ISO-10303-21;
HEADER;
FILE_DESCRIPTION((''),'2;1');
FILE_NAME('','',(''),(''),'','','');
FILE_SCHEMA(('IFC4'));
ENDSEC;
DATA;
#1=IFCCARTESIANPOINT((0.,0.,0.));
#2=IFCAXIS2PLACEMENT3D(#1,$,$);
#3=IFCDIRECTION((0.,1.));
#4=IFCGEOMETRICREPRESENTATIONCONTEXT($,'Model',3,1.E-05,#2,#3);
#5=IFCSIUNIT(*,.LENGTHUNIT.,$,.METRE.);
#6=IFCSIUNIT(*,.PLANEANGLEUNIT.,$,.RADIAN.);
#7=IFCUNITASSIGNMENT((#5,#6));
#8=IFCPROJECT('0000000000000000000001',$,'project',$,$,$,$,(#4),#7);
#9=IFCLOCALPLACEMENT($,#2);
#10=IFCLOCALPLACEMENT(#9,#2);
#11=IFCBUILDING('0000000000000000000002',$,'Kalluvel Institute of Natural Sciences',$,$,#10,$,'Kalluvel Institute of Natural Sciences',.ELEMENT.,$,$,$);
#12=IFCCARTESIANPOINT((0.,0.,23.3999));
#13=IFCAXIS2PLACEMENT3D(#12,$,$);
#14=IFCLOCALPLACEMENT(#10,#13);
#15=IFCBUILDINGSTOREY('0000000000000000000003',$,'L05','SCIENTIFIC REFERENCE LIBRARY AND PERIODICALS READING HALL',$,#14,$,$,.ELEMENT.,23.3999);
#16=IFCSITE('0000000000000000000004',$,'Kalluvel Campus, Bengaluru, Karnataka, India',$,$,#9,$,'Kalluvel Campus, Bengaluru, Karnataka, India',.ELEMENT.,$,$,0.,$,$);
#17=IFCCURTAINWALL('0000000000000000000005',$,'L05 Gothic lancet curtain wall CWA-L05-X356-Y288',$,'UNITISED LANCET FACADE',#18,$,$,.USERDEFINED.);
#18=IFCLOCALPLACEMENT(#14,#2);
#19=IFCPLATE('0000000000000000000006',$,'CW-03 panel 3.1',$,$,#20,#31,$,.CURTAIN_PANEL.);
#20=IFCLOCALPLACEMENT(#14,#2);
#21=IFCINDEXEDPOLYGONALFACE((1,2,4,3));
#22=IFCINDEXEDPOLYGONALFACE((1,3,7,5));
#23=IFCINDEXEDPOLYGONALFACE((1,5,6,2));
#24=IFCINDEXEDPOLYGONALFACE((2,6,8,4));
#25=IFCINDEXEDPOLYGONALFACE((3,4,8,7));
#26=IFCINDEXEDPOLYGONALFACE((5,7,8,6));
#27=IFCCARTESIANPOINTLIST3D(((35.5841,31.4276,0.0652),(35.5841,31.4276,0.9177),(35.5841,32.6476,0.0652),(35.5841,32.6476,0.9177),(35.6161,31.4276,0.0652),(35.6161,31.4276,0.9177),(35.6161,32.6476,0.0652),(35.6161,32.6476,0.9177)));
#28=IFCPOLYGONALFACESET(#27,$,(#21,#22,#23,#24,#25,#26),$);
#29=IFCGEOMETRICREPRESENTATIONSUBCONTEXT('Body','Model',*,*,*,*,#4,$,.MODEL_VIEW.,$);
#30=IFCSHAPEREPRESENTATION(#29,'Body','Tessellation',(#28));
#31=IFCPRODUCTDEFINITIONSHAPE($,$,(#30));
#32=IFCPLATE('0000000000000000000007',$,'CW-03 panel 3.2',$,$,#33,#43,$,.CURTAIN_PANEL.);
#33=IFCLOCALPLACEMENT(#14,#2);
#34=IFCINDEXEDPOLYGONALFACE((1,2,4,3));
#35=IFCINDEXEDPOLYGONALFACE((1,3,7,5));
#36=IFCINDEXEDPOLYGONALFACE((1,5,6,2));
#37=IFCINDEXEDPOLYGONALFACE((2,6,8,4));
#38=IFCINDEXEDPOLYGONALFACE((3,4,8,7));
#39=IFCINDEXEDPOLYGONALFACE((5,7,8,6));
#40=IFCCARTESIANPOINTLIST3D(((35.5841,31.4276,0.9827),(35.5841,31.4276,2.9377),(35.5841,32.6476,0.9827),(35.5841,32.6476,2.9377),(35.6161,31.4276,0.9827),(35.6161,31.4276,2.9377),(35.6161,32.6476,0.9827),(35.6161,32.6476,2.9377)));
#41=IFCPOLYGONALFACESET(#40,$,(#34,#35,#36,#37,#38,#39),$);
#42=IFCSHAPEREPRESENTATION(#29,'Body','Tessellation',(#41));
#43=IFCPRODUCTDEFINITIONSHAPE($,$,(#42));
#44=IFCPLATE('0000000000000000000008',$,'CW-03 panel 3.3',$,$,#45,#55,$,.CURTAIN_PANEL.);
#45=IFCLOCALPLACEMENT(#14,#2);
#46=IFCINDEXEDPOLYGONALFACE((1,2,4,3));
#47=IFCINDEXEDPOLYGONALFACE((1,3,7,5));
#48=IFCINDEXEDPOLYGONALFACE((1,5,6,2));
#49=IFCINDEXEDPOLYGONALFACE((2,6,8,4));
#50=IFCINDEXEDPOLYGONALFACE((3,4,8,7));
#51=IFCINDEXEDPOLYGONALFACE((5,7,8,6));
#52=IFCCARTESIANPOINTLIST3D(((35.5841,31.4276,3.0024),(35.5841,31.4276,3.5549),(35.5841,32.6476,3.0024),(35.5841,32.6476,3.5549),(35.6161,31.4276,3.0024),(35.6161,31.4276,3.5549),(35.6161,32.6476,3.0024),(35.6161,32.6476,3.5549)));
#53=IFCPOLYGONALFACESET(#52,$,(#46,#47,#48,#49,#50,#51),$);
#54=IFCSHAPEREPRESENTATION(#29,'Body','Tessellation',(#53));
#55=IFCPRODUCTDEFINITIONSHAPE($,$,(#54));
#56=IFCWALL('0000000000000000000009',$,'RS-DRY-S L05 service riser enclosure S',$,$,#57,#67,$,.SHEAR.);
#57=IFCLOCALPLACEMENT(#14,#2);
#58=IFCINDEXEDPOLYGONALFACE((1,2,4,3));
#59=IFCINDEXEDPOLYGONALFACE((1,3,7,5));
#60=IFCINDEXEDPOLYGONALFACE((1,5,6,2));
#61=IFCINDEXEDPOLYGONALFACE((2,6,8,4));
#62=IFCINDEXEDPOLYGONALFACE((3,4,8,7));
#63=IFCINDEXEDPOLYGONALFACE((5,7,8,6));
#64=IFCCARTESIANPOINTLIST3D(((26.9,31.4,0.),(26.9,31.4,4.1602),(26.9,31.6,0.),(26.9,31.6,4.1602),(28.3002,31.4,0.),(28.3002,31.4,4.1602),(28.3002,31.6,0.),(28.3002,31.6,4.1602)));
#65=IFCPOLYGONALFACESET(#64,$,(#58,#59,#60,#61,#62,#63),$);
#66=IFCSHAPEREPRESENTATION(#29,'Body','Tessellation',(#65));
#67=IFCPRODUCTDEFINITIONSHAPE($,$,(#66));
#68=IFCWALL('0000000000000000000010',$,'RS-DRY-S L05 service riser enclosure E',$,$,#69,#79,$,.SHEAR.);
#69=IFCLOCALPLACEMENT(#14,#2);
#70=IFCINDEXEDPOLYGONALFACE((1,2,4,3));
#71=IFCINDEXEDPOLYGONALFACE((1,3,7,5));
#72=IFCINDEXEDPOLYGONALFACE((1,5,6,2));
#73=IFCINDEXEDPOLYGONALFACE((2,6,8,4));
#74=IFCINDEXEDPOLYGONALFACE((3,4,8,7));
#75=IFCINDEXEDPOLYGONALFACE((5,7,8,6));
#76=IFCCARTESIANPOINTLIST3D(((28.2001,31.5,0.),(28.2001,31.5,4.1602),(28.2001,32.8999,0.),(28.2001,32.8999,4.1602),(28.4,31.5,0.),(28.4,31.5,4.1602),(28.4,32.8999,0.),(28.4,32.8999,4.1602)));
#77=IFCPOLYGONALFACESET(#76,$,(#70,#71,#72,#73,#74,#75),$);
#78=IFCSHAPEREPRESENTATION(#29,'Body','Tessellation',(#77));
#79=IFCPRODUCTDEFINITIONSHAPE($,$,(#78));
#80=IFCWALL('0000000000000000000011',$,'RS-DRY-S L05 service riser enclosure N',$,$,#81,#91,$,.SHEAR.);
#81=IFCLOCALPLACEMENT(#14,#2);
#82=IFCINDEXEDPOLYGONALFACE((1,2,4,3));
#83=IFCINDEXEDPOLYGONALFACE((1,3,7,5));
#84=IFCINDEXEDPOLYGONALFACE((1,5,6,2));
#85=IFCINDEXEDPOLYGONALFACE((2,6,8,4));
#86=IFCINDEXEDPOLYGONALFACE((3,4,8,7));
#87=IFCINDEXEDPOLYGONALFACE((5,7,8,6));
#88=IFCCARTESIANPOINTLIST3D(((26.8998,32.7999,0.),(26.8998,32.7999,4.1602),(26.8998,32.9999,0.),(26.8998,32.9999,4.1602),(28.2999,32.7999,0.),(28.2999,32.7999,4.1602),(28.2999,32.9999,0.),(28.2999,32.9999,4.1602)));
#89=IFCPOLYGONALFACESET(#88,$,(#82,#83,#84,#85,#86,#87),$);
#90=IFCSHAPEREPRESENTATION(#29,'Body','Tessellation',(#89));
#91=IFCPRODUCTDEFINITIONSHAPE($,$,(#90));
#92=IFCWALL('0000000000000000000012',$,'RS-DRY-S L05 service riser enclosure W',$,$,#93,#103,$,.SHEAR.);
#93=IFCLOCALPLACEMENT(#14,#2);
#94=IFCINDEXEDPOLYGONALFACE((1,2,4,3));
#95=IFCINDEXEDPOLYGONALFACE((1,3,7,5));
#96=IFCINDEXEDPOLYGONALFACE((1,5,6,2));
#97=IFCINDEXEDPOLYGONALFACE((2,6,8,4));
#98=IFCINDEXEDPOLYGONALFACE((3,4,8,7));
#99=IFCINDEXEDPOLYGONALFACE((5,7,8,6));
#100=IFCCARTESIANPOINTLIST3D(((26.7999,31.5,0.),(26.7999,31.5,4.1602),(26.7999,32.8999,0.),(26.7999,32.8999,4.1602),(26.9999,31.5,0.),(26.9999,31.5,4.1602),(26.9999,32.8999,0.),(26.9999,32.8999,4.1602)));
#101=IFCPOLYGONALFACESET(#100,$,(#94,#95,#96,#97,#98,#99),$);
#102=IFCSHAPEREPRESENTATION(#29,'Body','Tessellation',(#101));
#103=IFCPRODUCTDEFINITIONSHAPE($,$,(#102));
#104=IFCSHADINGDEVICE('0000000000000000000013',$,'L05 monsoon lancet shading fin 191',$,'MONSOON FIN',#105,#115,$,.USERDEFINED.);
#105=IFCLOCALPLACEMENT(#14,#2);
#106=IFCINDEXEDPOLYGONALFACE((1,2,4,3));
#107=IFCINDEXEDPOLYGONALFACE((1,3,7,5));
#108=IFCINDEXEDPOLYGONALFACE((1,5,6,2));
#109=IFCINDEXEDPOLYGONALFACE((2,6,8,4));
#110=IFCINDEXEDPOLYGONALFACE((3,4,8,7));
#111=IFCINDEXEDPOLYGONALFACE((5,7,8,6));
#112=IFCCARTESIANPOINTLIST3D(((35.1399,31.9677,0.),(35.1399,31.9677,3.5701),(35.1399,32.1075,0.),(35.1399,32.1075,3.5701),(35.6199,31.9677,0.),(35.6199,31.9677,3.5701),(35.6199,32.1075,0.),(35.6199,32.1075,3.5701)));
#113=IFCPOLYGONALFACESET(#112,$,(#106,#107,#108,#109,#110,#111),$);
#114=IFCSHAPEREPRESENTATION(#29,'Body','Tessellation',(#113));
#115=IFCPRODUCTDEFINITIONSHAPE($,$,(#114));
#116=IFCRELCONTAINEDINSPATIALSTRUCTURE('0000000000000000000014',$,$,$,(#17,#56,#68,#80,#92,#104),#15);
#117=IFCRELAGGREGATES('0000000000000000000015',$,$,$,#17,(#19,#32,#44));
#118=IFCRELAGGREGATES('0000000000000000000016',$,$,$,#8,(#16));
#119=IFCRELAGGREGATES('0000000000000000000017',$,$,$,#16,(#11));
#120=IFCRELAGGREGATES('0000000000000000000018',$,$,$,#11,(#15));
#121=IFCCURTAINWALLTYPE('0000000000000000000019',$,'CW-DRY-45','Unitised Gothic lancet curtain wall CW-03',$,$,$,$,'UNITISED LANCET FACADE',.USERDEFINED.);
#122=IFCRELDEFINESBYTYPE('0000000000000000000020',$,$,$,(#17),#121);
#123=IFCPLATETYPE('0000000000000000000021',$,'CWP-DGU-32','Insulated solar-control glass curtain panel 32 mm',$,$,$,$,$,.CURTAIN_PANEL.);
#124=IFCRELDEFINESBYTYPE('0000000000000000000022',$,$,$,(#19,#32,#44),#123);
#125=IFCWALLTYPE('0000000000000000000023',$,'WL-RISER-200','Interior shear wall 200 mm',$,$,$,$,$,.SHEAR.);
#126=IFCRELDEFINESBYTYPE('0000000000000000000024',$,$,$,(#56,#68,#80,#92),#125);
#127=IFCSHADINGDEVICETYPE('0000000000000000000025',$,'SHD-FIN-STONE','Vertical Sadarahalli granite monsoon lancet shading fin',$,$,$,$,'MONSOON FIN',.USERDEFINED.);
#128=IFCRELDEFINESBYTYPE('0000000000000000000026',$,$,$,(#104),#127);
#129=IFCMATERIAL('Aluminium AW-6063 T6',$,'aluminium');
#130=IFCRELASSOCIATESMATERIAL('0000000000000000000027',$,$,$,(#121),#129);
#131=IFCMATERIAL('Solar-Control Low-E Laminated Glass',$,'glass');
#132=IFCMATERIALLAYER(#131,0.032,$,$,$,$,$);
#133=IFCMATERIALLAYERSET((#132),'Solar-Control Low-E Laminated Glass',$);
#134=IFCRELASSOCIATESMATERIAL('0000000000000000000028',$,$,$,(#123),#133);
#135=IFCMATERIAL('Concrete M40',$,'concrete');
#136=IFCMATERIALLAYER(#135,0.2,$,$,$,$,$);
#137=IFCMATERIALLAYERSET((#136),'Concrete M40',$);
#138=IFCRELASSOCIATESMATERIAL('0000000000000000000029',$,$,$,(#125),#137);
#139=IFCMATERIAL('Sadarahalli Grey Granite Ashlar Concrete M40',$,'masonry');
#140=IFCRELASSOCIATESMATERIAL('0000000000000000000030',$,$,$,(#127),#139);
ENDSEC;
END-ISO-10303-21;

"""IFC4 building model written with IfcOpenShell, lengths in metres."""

from ifc_helpers import new_model, si_unit, direction, frame, frame_2d, origin, origin_2d, place, context, subcontext, project, spatial, rectangle, extrude, material, layer, layer_set, type_object, element, aggregate, save


model = new_model("IFC4")

# Units and contexts
model_context = context("Model", 3, precision=1e-05, world=origin(), true_north=direction((0.0, 1.0)))
body_context = subcontext(model_context, "Body", "Model", "MODEL_VIEW")
ifc_project = project(units=[si_unit("LENGTHUNIT", "METRE"), si_unit("PLANEANGLEUNIT", "RADIAN")], contexts=[model_context])

# Site, building, storey
site_placement = place(None, origin())
site = spatial("IfcSite", under=ifc_project, at=site_placement, Name="Kalluvel Campus, Bengaluru, Karnataka, India", LongName="Kalluvel Campus, Bengaluru, Karnataka, India", CompositionType="ELEMENT", RefElevation=0.0)
building_placement = place(site_placement, origin())
building = spatial("IfcBuilding", under=site, at=building_placement, Name="Kalluvel Institute of Natural Sciences", LongName="Kalluvel Institute of Natural Sciences", CompositionType="ELEMENT")
storey_placement = place(building_placement, frame((0.0, 0.0, 23.3999)))
storey = spatial("IfcBuildingStorey", under=building, at=storey_placement, Name="L05", Description="SCIENTIFIC REFERENCE LIBRARY AND PERIODICALS READING HALL", CompositionType="ELEMENT", Elevation=23.3999)

# Curtain wall
ifc_material_1 = material(Name="Aluminium AW-6063 T6", Category="aluminium")
curtain_wall_type = type_object("IfcCurtainWallType", Name="CW-DRY-45", Description="Unitised Gothic lancet curtain wall CW-03", ElementType="UNITISED LANCET FACADE", PredefinedType="USERDEFINED", material=ifc_material_1)
curtain_wall_placement = place(storey_placement, origin())
curtain_wall = element("IfcCurtainWall", 1, at=curtain_wall_placement, inside=storey, type_object=curtain_wall_type, Name="L05 Gothic lancet curtain wall CWA-L05-X356-Y288", ObjectType="UNITISED LANCET FACADE", PredefinedType="USERDEFINED")

# Plates
ifc_material_2 = material(Name="Solar-Control Low-E Laminated Glass", Category="glass")
ifc_layer_1 = layer(ifc_material_2, 0.032)
ifc_layer_set_1 = layer_set([ifc_layer_1], Name="Solar-Control Low-E Laminated Glass")
plate_type = type_object("IfcPlateType", Name="CWP-DGU-32", Description="Insulated solar-control glass curtain panel 32 mm", PredefinedType="CURTAIN_PANEL", material=ifc_layer_set_1)
plate_1_placement = place(storey_placement, frame((35.6001, 32.0376, 0.0652), z_axis=(0.0, 0.0, 1.0), x_axis=(0.0, 1.0, 0.0)))
plate_1 = element("IfcPlate", 2, at=plate_1_placement, type_object=plate_type, Name="CW-03 panel 3.1", PredefinedType="CURTAIN_PANEL", context=body_context, shape_type="SweptSolid", body=[
    extrude(rectangle(XDim=1.22, YDim=0.032, at=origin_2d()), origin(), (0.0, 0.0, 1.0), 0.8525),
])
plate_2_placement = place(storey_placement, frame((35.6001, 32.0376, 0.9827), z_axis=(0.0, 0.0, 1.0), x_axis=(0.0, 1.0, 0.0)))
plate_2 = element("IfcPlate", 3, at=plate_2_placement, type_object=plate_type, Name="CW-03 panel 3.2", PredefinedType="CURTAIN_PANEL", context=body_context, shape_type="SweptSolid", body=[
    extrude(rectangle(XDim=1.22, YDim=0.032, at=origin_2d()), origin(), (0.0, 0.0, 1.0), 1.9551),
])
plate_3_placement = place(storey_placement, frame((35.6001, 32.0376, 3.0024), z_axis=(0.0, 0.0, 1.0), x_axis=(0.0, 1.0, 0.0)))
plate_3 = element("IfcPlate", 4, at=plate_3_placement, type_object=plate_type, Name="CW-03 panel 3.3", PredefinedType="CURTAIN_PANEL", context=body_context, shape_type="SweptSolid", body=[
    extrude(rectangle(XDim=1.22, YDim=0.032, at=origin_2d()), origin(), (0.0, 0.0, 1.0), 0.5525),
])
aggregate(curtain_wall, [plate_1, plate_2, plate_3])

# Walls
ifc_material_3 = material(Name="Concrete M40", Category="concrete")
ifc_layer_2 = layer(ifc_material_3, 0.2)
ifc_layer_set_2 = layer_set([ifc_layer_2], Name="Concrete M40")
wall_type = type_object("IfcWallType", Name="WL-RISER-200", Description="Interior shear wall 200 mm", PredefinedType="SHEAR", material=ifc_layer_set_2)
wall_1_placement = place(storey_placement, frame((26.8999, 31.5, 0.0), z_axis=(0.0, 0.0, 1.0), x_axis=(1.0, 0.0, 0.0)))
element("IfcWall", 5, at=wall_1_placement, inside=storey, type_object=wall_type, Name="RS-DRY-S L05 service riser enclosure S", PredefinedType="SHEAR", context=body_context, shape_type="SweptSolid", body=[
    extrude(rectangle(XDim=1.4001, YDim=0.2, at=frame_2d((0.7002, 0.0))), origin(), (0.0, 0.0, 1.0), 4.1602),
])
wall_2_placement = place(storey_placement, frame((28.3, 31.5, 0.0), z_axis=(0.0, 0.0, 1.0), x_axis=(0.0, 1.0, 0.0)))
element("IfcWall", 6, at=wall_2_placement, inside=storey, type_object=wall_type, Name="RS-DRY-S L05 service riser enclosure E", PredefinedType="SHEAR", context=body_context, shape_type="SweptSolid", body=[
    extrude(rectangle(XDim=1.3999, YDim=0.2, at=frame_2d((0.7, 0.0))), origin(), (0.0, 0.0, 1.0), 4.1602),
])
wall_3_placement = place(storey_placement, frame((28.3, 32.8999, 0.0), z_axis=(0.0, 0.0, 1.0), x_axis=(-1.0, 0.0, 0.0)))
element("IfcWall", 7, at=wall_3_placement, inside=storey, type_object=wall_type, Name="RS-DRY-S L05 service riser enclosure N", PredefinedType="SHEAR", context=body_context, shape_type="SweptSolid", body=[
    extrude(rectangle(XDim=1.4001, YDim=0.2, at=frame_2d((0.7002, 0.0))), origin(), (0.0, 0.0, 1.0), 4.1602),
])
wall_4_placement = place(storey_placement, frame((26.8999, 32.8999, 0.0), z_axis=(0.0, 0.0, 1.0), x_axis=(0.0, -1.0, 0.0)))
element("IfcWall", 8, at=wall_4_placement, inside=storey, type_object=wall_type, Name="RS-DRY-S L05 service riser enclosure W", PredefinedType="SHEAR", context=body_context, shape_type="SweptSolid", body=[
    extrude(rectangle(XDim=1.3999, YDim=0.2, at=frame_2d((0.7, 0.0))), origin(), (0.0, 0.0, 1.0), 4.1602),
])

# Shading device
ifc_material_4 = material(Name="Sadarahalli Grey Granite Ashlar Concrete M40", Category="masonry")
shading_device_type = type_object("IfcShadingDeviceType", Name="SHD-FIN-STONE", Description="Vertical Sadarahalli granite monsoon lancet shading fin", ElementType="MONSOON FIN", PredefinedType="USERDEFINED", material=ifc_material_4)
shading_device_placement = place(storey_placement, frame((35.3799, 32.0376, 0.0), z_axis=(0.0, 0.0, 1.0), x_axis=(0.0, 1.0, 0.0)))
element("IfcShadingDevice", 9, at=shading_device_placement, inside=storey, type_object=shading_device_type, Name="L05 monsoon lancet shading fin 191", ObjectType="MONSOON FIN", PredefinedType="USERDEFINED", context=body_context, shape_type="SweptSolid", body=[
    extrude(rectangle(XDim=0.1399, YDim=0.48, at=origin_2d()), origin(), (0.0, 0.0, 1.0), 3.5701),
])

save(model, "model.ifc")
